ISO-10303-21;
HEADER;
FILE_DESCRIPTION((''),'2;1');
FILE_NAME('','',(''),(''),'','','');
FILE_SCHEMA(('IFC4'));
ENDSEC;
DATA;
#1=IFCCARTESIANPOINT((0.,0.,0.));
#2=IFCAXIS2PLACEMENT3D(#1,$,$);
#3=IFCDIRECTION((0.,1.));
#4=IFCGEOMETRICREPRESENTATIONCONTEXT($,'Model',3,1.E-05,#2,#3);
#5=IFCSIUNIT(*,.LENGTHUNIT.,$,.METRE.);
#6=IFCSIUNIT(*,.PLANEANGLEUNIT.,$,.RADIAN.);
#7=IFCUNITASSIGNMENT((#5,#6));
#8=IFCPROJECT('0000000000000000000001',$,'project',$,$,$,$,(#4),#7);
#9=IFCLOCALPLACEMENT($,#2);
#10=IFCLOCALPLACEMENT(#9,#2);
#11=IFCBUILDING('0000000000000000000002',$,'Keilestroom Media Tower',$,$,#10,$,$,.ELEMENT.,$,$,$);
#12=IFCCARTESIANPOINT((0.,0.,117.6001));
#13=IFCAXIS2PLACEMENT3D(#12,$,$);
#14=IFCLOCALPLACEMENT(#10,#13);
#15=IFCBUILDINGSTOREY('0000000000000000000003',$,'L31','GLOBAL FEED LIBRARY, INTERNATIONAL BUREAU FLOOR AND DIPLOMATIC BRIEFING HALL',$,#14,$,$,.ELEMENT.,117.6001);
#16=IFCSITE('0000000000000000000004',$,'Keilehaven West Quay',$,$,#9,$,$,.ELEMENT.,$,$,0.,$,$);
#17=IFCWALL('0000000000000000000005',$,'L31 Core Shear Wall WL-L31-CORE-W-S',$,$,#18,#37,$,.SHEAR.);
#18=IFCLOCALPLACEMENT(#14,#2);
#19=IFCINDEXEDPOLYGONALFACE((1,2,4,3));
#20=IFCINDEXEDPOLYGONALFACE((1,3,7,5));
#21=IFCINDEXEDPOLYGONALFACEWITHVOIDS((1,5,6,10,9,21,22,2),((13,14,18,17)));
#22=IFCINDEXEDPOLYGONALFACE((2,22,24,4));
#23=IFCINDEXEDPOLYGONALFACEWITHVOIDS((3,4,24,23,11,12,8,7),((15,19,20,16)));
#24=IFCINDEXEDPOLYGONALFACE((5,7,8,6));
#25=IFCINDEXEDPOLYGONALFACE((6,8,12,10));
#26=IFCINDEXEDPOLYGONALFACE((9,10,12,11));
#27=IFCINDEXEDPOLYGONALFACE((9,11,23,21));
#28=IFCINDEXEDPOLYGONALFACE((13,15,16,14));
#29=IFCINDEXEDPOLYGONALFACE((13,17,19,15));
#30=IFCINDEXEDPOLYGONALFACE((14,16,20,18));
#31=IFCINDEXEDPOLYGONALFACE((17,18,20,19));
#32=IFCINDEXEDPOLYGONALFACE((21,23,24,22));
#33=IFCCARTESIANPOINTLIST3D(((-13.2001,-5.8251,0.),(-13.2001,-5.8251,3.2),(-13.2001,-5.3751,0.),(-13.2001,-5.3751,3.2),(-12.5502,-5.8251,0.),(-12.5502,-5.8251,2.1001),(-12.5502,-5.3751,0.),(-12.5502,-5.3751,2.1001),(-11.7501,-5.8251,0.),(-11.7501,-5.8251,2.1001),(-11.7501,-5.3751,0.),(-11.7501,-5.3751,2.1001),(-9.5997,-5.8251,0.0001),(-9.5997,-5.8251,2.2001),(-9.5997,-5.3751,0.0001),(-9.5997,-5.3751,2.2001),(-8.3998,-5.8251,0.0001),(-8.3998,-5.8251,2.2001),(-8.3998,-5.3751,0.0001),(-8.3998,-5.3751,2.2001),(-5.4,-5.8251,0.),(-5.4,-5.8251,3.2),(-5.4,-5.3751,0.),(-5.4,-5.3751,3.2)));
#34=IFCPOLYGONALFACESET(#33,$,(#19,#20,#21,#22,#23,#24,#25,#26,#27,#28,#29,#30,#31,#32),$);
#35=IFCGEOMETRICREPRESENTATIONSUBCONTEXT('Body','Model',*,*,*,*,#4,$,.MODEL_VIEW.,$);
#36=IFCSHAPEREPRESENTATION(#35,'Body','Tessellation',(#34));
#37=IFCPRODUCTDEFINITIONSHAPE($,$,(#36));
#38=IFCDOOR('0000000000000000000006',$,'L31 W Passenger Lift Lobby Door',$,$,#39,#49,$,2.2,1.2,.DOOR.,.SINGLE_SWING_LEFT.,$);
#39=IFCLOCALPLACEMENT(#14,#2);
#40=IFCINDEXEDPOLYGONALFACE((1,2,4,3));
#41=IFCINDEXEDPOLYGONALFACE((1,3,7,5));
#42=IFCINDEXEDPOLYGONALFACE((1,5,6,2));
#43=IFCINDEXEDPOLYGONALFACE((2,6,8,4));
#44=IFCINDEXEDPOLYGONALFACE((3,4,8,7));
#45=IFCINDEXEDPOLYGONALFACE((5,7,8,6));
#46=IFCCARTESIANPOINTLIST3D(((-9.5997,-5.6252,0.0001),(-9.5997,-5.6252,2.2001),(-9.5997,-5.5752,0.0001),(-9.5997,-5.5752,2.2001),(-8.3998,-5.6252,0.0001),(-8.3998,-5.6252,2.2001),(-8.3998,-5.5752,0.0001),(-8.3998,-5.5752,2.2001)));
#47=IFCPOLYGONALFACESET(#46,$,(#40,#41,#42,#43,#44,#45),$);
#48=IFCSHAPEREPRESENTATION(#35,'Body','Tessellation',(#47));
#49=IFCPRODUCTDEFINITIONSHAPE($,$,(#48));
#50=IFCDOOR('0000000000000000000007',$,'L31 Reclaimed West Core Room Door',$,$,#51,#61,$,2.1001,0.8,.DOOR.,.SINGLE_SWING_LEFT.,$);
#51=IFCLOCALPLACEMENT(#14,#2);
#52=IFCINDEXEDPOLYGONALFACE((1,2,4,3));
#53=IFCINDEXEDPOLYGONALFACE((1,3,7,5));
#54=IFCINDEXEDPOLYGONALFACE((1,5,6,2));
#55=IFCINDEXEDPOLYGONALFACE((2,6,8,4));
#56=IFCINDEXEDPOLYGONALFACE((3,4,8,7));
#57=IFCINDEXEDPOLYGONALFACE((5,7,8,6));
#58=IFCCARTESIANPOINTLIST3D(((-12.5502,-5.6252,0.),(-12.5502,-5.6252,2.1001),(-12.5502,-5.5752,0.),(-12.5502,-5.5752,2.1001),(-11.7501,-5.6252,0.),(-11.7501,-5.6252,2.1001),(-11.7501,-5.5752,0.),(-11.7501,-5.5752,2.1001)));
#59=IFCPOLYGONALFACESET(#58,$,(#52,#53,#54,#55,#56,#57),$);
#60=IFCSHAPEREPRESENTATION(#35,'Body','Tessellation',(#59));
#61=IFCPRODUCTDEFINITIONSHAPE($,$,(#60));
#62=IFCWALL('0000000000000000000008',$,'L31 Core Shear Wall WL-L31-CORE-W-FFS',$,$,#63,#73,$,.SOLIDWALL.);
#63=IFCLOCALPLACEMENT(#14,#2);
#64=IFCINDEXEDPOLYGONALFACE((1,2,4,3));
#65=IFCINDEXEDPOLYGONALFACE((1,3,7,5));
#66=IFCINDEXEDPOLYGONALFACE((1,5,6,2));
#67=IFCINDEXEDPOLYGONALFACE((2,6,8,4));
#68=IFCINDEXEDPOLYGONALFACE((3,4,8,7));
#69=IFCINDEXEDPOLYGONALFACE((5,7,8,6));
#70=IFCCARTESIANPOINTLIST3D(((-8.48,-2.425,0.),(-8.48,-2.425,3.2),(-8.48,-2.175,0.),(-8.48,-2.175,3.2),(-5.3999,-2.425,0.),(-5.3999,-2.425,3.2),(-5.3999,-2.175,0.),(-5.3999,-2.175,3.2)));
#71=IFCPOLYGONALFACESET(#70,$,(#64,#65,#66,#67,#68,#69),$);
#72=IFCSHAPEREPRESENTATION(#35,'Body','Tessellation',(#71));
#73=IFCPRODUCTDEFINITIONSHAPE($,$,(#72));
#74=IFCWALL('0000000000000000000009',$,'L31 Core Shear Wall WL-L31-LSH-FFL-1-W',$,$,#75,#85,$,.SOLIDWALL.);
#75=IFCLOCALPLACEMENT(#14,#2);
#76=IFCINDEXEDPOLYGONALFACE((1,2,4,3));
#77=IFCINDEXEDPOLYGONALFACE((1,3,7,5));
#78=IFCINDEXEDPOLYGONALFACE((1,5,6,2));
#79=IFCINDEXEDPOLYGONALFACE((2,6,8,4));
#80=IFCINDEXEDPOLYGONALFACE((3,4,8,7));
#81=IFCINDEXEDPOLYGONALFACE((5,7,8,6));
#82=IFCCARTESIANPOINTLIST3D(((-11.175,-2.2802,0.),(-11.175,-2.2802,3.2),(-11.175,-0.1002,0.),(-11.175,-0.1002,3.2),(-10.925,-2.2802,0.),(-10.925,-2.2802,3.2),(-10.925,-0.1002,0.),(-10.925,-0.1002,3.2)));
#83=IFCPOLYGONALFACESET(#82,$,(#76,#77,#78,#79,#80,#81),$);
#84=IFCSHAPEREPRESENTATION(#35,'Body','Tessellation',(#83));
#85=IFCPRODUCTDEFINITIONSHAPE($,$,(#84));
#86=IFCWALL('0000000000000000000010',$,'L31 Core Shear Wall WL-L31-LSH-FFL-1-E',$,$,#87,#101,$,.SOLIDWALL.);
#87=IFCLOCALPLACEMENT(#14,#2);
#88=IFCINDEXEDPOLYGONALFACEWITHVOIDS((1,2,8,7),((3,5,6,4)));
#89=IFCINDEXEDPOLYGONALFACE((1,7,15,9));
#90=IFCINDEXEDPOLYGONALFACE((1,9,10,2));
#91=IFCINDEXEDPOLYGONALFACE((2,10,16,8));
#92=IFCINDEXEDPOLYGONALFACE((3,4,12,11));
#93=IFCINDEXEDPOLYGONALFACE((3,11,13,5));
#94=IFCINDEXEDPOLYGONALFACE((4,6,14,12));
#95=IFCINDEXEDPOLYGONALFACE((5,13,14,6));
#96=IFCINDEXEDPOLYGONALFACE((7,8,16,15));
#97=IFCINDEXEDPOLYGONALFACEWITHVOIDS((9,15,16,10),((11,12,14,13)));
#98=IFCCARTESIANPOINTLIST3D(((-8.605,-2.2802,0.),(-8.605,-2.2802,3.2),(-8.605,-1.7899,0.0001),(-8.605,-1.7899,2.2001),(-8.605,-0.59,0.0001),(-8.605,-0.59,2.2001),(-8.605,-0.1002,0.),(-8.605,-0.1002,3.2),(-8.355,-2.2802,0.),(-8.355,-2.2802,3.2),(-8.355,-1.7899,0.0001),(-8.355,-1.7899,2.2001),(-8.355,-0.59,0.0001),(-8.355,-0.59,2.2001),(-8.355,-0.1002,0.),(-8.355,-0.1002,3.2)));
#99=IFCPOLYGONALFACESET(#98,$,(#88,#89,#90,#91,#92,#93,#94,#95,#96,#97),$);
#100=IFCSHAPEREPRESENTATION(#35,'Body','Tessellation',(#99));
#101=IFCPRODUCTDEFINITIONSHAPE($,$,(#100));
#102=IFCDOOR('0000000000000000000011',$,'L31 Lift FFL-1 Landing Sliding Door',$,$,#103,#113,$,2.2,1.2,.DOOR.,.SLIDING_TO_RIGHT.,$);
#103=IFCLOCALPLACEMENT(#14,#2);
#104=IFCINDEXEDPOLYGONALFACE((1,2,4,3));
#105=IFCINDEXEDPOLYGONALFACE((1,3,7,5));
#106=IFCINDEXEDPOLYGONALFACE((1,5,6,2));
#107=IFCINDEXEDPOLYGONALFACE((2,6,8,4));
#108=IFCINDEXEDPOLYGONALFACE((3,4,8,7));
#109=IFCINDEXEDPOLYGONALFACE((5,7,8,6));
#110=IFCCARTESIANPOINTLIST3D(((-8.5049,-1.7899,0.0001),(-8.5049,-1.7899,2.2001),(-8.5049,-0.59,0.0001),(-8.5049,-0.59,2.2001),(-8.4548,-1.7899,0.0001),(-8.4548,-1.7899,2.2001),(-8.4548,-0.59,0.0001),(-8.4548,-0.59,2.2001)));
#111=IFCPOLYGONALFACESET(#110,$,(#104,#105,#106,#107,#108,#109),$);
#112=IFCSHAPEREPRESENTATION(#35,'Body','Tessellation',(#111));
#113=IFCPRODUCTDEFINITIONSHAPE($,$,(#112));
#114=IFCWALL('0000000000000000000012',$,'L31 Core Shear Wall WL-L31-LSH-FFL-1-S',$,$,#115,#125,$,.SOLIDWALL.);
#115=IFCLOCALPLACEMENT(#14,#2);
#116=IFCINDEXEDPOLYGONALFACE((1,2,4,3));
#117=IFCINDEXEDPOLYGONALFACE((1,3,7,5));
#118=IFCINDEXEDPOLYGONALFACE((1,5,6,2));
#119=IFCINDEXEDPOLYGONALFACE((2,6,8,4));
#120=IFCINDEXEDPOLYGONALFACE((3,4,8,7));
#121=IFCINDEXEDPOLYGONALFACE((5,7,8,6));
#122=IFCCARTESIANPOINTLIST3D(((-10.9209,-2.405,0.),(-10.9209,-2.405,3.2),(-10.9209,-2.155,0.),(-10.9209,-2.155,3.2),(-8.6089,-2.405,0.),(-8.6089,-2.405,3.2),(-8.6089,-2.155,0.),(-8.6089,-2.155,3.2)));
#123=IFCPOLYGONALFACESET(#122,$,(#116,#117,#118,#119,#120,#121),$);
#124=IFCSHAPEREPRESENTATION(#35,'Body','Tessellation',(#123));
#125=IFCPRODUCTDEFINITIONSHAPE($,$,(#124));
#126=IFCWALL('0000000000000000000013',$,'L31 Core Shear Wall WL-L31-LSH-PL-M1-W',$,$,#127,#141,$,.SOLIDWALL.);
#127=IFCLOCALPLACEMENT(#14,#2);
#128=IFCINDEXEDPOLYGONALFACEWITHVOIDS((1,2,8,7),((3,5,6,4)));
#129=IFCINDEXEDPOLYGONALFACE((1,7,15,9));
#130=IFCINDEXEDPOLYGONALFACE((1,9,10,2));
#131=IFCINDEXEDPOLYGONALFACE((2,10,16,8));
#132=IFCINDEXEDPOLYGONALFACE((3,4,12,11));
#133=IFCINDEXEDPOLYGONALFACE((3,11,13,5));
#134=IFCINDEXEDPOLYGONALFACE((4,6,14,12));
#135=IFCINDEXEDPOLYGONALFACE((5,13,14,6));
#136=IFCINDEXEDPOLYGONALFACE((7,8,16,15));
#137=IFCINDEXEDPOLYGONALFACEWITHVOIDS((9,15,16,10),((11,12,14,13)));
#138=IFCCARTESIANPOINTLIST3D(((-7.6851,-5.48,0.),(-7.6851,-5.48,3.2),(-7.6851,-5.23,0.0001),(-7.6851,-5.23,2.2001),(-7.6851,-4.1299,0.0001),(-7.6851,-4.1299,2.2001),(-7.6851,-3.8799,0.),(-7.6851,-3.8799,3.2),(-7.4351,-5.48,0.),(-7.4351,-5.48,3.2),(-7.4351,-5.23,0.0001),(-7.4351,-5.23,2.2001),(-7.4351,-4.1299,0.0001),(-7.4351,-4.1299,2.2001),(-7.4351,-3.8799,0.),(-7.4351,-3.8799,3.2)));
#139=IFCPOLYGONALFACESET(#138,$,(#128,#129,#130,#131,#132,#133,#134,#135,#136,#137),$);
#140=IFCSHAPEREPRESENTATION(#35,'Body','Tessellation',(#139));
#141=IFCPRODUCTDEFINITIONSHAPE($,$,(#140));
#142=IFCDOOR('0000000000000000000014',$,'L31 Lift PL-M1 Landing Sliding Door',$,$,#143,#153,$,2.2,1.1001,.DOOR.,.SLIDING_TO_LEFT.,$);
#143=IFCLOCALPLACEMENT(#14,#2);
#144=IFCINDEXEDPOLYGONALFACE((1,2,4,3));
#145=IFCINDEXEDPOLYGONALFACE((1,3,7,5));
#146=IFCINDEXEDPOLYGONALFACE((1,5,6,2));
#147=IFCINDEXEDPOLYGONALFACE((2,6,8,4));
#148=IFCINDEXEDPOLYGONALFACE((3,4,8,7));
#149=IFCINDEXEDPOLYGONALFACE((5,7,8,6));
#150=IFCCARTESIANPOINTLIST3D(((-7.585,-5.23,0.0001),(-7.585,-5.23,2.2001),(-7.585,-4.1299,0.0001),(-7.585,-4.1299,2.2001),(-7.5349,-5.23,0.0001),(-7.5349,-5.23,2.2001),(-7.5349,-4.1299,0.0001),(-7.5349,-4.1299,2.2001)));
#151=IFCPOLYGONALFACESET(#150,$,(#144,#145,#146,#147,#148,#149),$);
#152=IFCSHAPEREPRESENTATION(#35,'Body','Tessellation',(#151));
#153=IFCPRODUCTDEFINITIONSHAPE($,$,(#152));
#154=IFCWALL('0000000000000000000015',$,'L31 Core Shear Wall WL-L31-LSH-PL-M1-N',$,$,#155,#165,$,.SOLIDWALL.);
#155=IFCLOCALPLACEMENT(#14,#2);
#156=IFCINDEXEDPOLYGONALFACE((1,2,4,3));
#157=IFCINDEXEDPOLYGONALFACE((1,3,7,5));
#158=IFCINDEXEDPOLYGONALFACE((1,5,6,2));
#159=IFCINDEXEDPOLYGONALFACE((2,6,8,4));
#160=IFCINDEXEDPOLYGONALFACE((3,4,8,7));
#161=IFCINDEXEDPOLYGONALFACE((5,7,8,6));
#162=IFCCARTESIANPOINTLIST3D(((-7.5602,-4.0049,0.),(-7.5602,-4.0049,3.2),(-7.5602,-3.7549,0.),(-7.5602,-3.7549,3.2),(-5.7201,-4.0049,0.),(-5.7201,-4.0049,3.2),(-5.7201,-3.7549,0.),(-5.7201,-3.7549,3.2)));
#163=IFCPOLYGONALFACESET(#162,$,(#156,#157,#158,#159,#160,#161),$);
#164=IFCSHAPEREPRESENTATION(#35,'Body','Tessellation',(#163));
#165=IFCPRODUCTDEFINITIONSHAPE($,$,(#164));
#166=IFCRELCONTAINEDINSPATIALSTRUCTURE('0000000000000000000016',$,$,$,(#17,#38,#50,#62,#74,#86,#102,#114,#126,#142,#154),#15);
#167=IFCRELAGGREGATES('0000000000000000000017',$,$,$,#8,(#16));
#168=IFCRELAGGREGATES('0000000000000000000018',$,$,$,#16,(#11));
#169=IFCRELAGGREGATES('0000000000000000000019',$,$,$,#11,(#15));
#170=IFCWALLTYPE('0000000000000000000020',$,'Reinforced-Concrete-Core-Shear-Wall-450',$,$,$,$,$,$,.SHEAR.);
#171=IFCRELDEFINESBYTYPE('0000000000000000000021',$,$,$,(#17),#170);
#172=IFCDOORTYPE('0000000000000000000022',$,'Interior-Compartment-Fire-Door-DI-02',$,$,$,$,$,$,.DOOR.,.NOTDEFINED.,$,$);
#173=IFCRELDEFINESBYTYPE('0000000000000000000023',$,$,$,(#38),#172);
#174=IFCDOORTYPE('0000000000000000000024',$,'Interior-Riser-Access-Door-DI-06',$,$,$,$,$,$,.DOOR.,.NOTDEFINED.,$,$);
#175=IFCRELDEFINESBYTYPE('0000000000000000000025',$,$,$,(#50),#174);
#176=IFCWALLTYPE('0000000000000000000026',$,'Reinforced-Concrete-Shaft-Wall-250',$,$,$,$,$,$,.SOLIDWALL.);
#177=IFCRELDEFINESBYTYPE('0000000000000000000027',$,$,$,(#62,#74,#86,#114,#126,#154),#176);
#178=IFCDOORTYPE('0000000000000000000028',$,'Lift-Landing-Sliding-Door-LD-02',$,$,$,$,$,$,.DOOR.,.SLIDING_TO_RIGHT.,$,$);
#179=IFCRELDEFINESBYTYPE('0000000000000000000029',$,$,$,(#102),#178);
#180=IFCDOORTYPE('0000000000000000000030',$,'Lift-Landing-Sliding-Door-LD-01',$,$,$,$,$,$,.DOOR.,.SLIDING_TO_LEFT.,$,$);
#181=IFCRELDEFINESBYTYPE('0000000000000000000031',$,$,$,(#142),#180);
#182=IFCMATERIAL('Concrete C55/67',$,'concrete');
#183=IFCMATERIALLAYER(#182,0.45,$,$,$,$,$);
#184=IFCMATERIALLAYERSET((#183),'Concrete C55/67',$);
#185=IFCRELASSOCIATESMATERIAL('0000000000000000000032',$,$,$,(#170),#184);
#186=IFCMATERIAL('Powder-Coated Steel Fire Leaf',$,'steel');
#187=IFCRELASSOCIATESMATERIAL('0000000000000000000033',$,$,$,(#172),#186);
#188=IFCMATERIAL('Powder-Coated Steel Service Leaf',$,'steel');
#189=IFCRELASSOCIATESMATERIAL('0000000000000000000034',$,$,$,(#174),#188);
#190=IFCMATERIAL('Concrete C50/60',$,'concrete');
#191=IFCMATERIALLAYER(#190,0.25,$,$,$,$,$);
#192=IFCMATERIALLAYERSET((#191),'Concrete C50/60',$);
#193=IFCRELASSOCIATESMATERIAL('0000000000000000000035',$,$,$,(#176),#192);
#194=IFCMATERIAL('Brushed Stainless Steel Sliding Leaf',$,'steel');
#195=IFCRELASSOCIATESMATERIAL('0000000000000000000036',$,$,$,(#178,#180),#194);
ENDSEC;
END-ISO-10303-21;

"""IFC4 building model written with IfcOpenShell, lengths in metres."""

from ifc_helpers import new_model, si_unit, direction, frame, frame_2d, origin, place, context, subcontext, project, spatial, rectangle, extrude, source, transform, mapped, material, layer, layer_set, type_object, element, fill, save


model = new_model("IFC4")

# Units and contexts
model_context = context("Model", 3, precision=1e-05, world=origin(), true_north=direction((0.0, 1.0)))
body_context = subcontext(model_context, "Body", "Model", "MODEL_VIEW")
ifc_project = project(units=[si_unit("LENGTHUNIT", "METRE"), si_unit("PLANEANGLEUNIT", "RADIAN")], contexts=[model_context])

# Site, building, storey
site_placement = place(None, origin())
site = spatial("IfcSite", under=ifc_project, at=site_placement, Name="Keilehaven West Quay", CompositionType="ELEMENT", RefElevation=0.0)
building_placement = place(site_placement, origin())
building = spatial("IfcBuilding", under=site, at=building_placement, Name="Keilestroom Media Tower", CompositionType="ELEMENT")
storey_placement = place(building_placement, frame((0.0, 0.0, 117.6001)))
storey = spatial("IfcBuildingStorey", under=building, at=storey_placement, Name="L31", Description="GLOBAL FEED LIBRARY, INTERNATIONAL BUREAU FLOOR AND DIPLOMATIC BRIEFING HALL", CompositionType="ELEMENT", Elevation=117.6001)

# Shared definitions
ifc_material_1 = material(Name="Concrete C55/67", Category="concrete")
ifc_layer_1 = layer(ifc_material_1, 0.45)
ifc_layer_set_1 = layer_set([ifc_layer_1], Name="Concrete C55/67")
wall_type_1 = type_object("IfcWallType", Name="Reinforced-Concrete-Core-Shear-Wall-450", PredefinedType="SHEAR", material=ifc_layer_set_1)

# Wall, openings, doors
ifc_material_2 = material(Name="Powder-Coated Steel Fire Leaf", Category="steel")
door_type_1 = type_object("IfcDoorType", Name="Interior-Compartment-Fire-Door-DI-02", OperationType="NOTDEFINED", PredefinedType="DOOR", material=ifc_material_2)
shared_shape_1 = source(origin(), body_context, "Body", "SweptSolid", [
    extrude(rectangle(XDim=1.2, YDim=2.2, at=frame_2d((0.6001, 1.1001))), frame((0.0, 0.0249, 0.0), z_axis=(0.0, -1.0, 0.0), x_axis=(1.0, 0.0, 0.0)), (0.0, 0.0, 1.0), 0.05),
])
ifc_material_3 = material(Name="Powder-Coated Steel Service Leaf", Category="steel")
door_type_2 = type_object("IfcDoorType", Name="Interior-Riser-Access-Door-DI-06", OperationType="NOTDEFINED", PredefinedType="DOOR", material=ifc_material_3)
shared_shape_2 = source(origin(), body_context, "Body", "SweptSolid", [
    extrude(rectangle(XDim=0.8, YDim=2.1001, at=frame_2d((0.3999, 1.05))), frame((0.0, 0.0249, 0.0), z_axis=(0.0, -1.0, 0.0), x_axis=(1.0, 0.0, 0.0)), (0.0, 0.0, 1.0), 0.05),
])
wall_1_placement = place(storey_placement, frame((-13.2, -5.6001, 0.0), z_axis=(0.0, 0.0, 1.0), x_axis=(1.0, 0.0, 0.0)))
wall_1 = element("IfcWall", 1, at=wall_1_placement, inside=storey, type_object=wall_type_1, Name="L31 Core Shear Wall WL-L31-CORE-W-S", PredefinedType="SHEAR", context=body_context, shape_type="SweptSolid", body=[
    extrude(rectangle(XDim=7.8, YDim=0.45, at=frame_2d((3.8999, 0.0))), origin(), (0.0, 0.0, 1.0), 3.2),
])
opening_1_placement = place(wall_1_placement, frame((3.6001, 0.0, 0.0)))
opening_1 = element("IfcOpeningElement", 2, at=opening_1_placement, cuts=wall_1, PredefinedType="OPENING", context=body_context, shape_type="SweptSolid", body=[
    extrude(rectangle(XDim=1.2, YDim=2.2, at=frame_2d((0.6001, 1.1001))), frame((0.0, 0.2349, 0.0), z_axis=(0.0, -1.0, 0.0), x_axis=(1.0, 0.0, 0.0)), (0.0, 0.0, 1.0), 0.47),
])
opening_2_placement = place(wall_1_placement, frame((0.6499, 0.0, 0.0)))
opening_2 = element("IfcOpeningElement", 3, at=opening_2_placement, cuts=wall_1, PredefinedType="OPENING", context=body_context, shape_type="SweptSolid", body=[
    extrude(rectangle(XDim=0.8, YDim=2.1001, at=frame_2d((0.3999, 1.05))), frame((0.0, 0.2349, 0.0), z_axis=(0.0, -1.0, 0.0), x_axis=(1.0, 0.0, 0.0)), (0.0, 0.0, 1.0), 0.47),
])
door_1_placement = place(opening_1_placement, origin())
door_1 = element("IfcDoor", 4, at=door_1_placement, inside=storey, type_object=door_type_1, Name="L31 W Passenger Lift Lobby Door", OperationType="SINGLE_SWING_LEFT", OverallHeight=2.2, OverallWidth=1.2, PredefinedType="DOOR", context=body_context, shape_type="MappedRepresentation", body=[
    mapped(shared_shape_1, transform((0.0, 0.0, 0.0), x_axis=(1.0, 0.0, 0.0), y_axis=(0.0, 1.0, 0.0), z_axis=(0.0, 0.0, 1.0), scale=1.0)),
])
fill(opening_1, door_1)
door_2_placement = place(opening_2_placement, origin())
door_2 = element("IfcDoor", 5, at=door_2_placement, inside=storey, type_object=door_type_2, Name="L31 Reclaimed West Core Room Door", OperationType="SINGLE_SWING_LEFT", OverallHeight=2.1001, OverallWidth=0.8, PredefinedType="DOOR", context=body_context, shape_type="MappedRepresentation", body=[
    mapped(shared_shape_2, transform((0.0, 0.0, 0.0), x_axis=(1.0, 0.0, 0.0), y_axis=(0.0, 1.0, 0.0), z_axis=(0.0, 0.0, 1.0), scale=1.0)),
])
fill(opening_2, door_2)

# Walls
ifc_material_4 = material(Name="Concrete C50/60", Category="concrete")
ifc_layer_2 = layer(ifc_material_4, 0.25)
ifc_layer_set_2 = layer_set([ifc_layer_2], Name="Concrete C50/60")
wall_type_2 = type_object("IfcWallType", Name="Reinforced-Concrete-Shaft-Wall-250", PredefinedType="SOLIDWALL", material=ifc_layer_set_2)
wall_2_placement = place(storey_placement, frame((-8.48, -2.3, 0.0), z_axis=(0.0, 0.0, 1.0), x_axis=(1.0, 0.0, 0.0)))
element("IfcWall", 6, at=wall_2_placement, inside=storey, type_object=wall_type_2, Name="L31 Core Shear Wall WL-L31-CORE-W-FFS", PredefinedType="SOLIDWALL", context=body_context, shape_type="SweptSolid", body=[
    extrude(rectangle(XDim=3.0801, YDim=0.25, at=frame_2d((1.54, 0.0))), origin(), (0.0, 0.0, 1.0), 3.2),
])
wall_3_placement = place(storey_placement, frame((-11.05, -2.28, 0.0), z_axis=(0.0, 0.0, 1.0), x_axis=(0.0, 1.0, 0.0)))
element("IfcWall", 7, at=wall_3_placement, inside=storey, type_object=wall_type_2, Name="L31 Core Shear Wall WL-L31-LSH-FFL-1-W", PredefinedType="SOLIDWALL", context=body_context, shape_type="SweptSolid", body=[
    extrude(rectangle(XDim=2.1799, YDim=0.25, at=frame_2d((1.0898, 0.0))), origin(), (0.0, 0.0, 1.0), 3.2),
])

# Wall, opening, door
wall_4_placement = place(storey_placement, frame((-8.48, -2.28, 0.0), z_axis=(0.0, 0.0, 1.0), x_axis=(0.0, 1.0, 0.0)))
wall_4 = element("IfcWall", 8, at=wall_4_placement, inside=storey, type_object=wall_type_2, Name="L31 Core Shear Wall WL-L31-LSH-FFL-1-E", PredefinedType="SOLIDWALL", context=body_context, shape_type="SweptSolid", body=[
    extrude(rectangle(XDim=2.1799, YDim=0.25, at=frame_2d((1.0898, 0.0))), origin(), (0.0, 0.0, 1.0), 3.2),
])
opening_3_placement = place(wall_4_placement, frame((0.49, 0.0, 0.0)))
opening_3 = element("IfcOpeningElement", 9, at=opening_3_placement, cuts=wall_4, PredefinedType="OPENING", context=body_context, shape_type="SweptSolid", body=[
    extrude(rectangle(XDim=1.2, YDim=2.2, at=frame_2d((0.6001, 1.1001))), frame((0.0, 0.135, 0.0), z_axis=(0.0, -1.0, 0.0), x_axis=(1.0, 0.0, 0.0)), (0.0, 0.0, 1.0), 0.27),
])
ifc_material_5 = material(Name="Brushed Stainless Steel Sliding Leaf", Category="steel")
door_type_3 = type_object("IfcDoorType", Name="Lift-Landing-Sliding-Door-LD-02", OperationType="SLIDING_TO_RIGHT", PredefinedType="DOOR", material=ifc_material_5)
door_3_placement = place(opening_3_placement, origin())
door_3 = element("IfcDoor", 10, at=door_3_placement, inside=storey, type_object=door_type_3, Name="L31 Lift FFL-1 Landing Sliding Door", OperationType="SLIDING_TO_RIGHT", OverallHeight=2.2, OverallWidth=1.2, PredefinedType="DOOR", context=body_context, shape_type="MappedRepresentation", body=[
    mapped(shared_shape_1, transform((0.0, 0.0, 0.0), x_axis=(1.0, 0.0, 0.0), y_axis=(0.0, 1.0, 0.0), z_axis=(0.0, 0.0, 1.0), scale=1.0)),
])
fill(opening_3, door_3)

# Wall
wall_5_placement = place(storey_placement, frame((-10.9209, -2.28, 0.0), z_axis=(0.0, 0.0, 1.0), x_axis=(1.0, 0.0, 0.0)))
element("IfcWall", 11, at=wall_5_placement, inside=storey, type_object=wall_type_2, Name="L31 Core Shear Wall WL-L31-LSH-FFL-1-S", PredefinedType="SOLIDWALL", context=body_context, shape_type="SweptSolid", body=[
    extrude(rectangle(XDim=2.312, YDim=0.25, at=frame_2d((1.156, 0.0))), origin(), (0.0, 0.0, 1.0), 3.2),
])

# Wall, opening, door
wall_6_placement = place(storey_placement, frame((-7.5601, -5.48, 0.0), z_axis=(0.0, 0.0, 1.0), x_axis=(0.0, 1.0, 0.0)))
wall_6 = element("IfcWall", 12, at=wall_6_placement, inside=storey, type_object=wall_type_2, Name="L31 Core Shear Wall WL-L31-LSH-PL-M1-W", PredefinedType="SOLIDWALL", context=body_context, shape_type="SweptSolid", body=[
    extrude(rectangle(XDim=1.6001, YDim=0.25, at=frame_2d((0.8, 0.0))), origin(), (0.0, 0.0, 1.0), 3.2),
])
opening_4_placement = place(wall_6_placement, frame((0.25, 0.0, 0.0)))
opening_4 = element("IfcOpeningElement", 13, at=opening_4_placement, cuts=wall_6, PredefinedType="OPENING", context=body_context, shape_type="SweptSolid", body=[
    extrude(rectangle(XDim=1.1001, YDim=2.2, at=frame_2d((0.55, 1.1001))), frame((0.0, 0.135, 0.0), z_axis=(0.0, -1.0, 0.0), x_axis=(1.0, 0.0, 0.0)), (0.0, 0.0, 1.0), 0.27),
])
door_type_4 = type_object("IfcDoorType", Name="Lift-Landing-Sliding-Door-LD-01", OperationType="SLIDING_TO_LEFT", PredefinedType="DOOR", material=ifc_material_5)
shared_shape_3 = source(origin(), body_context, "Body", "SweptSolid", [
    extrude(rectangle(XDim=1.1001, YDim=2.2, at=frame_2d((0.55, 1.1001))), frame((0.0, 0.0249, 0.0), z_axis=(0.0, -1.0, 0.0), x_axis=(1.0, 0.0, 0.0)), (0.0, 0.0, 1.0), 0.05),
])
door_4_placement = place(opening_4_placement, origin())
door_4 = element("IfcDoor", 14, at=door_4_placement, inside=storey, type_object=door_type_4, Name="L31 Lift PL-M1 Landing Sliding Door", OperationType="SLIDING_TO_LEFT", OverallHeight=2.2, OverallWidth=1.1001, PredefinedType="DOOR", context=body_context, shape_type="MappedRepresentation", body=[
    mapped(shared_shape_3, transform((0.0, 0.0, 0.0), x_axis=(1.0, 0.0, 0.0), y_axis=(0.0, 1.0, 0.0), z_axis=(0.0, 0.0, 1.0), scale=1.0)),
])
fill(opening_4, door_4)

# Wall
wall_7_placement = place(storey_placement, frame((-7.5601, -3.8799, 0.0), z_axis=(0.0, 0.0, 1.0), x_axis=(1.0, 0.0, 0.0)))
element("IfcWall", 15, at=wall_7_placement, inside=storey, type_object=wall_type_2, Name="L31 Core Shear Wall WL-L31-LSH-PL-M1-N", PredefinedType="SOLIDWALL", context=body_context, shape_type="SweptSolid", body=[
    extrude(rectangle(XDim=1.8401, YDim=0.25, at=frame_2d((0.9199, 0.0))), origin(), (0.0, 0.0, 1.0), 3.2),
])

save(model, "model.ifc")
